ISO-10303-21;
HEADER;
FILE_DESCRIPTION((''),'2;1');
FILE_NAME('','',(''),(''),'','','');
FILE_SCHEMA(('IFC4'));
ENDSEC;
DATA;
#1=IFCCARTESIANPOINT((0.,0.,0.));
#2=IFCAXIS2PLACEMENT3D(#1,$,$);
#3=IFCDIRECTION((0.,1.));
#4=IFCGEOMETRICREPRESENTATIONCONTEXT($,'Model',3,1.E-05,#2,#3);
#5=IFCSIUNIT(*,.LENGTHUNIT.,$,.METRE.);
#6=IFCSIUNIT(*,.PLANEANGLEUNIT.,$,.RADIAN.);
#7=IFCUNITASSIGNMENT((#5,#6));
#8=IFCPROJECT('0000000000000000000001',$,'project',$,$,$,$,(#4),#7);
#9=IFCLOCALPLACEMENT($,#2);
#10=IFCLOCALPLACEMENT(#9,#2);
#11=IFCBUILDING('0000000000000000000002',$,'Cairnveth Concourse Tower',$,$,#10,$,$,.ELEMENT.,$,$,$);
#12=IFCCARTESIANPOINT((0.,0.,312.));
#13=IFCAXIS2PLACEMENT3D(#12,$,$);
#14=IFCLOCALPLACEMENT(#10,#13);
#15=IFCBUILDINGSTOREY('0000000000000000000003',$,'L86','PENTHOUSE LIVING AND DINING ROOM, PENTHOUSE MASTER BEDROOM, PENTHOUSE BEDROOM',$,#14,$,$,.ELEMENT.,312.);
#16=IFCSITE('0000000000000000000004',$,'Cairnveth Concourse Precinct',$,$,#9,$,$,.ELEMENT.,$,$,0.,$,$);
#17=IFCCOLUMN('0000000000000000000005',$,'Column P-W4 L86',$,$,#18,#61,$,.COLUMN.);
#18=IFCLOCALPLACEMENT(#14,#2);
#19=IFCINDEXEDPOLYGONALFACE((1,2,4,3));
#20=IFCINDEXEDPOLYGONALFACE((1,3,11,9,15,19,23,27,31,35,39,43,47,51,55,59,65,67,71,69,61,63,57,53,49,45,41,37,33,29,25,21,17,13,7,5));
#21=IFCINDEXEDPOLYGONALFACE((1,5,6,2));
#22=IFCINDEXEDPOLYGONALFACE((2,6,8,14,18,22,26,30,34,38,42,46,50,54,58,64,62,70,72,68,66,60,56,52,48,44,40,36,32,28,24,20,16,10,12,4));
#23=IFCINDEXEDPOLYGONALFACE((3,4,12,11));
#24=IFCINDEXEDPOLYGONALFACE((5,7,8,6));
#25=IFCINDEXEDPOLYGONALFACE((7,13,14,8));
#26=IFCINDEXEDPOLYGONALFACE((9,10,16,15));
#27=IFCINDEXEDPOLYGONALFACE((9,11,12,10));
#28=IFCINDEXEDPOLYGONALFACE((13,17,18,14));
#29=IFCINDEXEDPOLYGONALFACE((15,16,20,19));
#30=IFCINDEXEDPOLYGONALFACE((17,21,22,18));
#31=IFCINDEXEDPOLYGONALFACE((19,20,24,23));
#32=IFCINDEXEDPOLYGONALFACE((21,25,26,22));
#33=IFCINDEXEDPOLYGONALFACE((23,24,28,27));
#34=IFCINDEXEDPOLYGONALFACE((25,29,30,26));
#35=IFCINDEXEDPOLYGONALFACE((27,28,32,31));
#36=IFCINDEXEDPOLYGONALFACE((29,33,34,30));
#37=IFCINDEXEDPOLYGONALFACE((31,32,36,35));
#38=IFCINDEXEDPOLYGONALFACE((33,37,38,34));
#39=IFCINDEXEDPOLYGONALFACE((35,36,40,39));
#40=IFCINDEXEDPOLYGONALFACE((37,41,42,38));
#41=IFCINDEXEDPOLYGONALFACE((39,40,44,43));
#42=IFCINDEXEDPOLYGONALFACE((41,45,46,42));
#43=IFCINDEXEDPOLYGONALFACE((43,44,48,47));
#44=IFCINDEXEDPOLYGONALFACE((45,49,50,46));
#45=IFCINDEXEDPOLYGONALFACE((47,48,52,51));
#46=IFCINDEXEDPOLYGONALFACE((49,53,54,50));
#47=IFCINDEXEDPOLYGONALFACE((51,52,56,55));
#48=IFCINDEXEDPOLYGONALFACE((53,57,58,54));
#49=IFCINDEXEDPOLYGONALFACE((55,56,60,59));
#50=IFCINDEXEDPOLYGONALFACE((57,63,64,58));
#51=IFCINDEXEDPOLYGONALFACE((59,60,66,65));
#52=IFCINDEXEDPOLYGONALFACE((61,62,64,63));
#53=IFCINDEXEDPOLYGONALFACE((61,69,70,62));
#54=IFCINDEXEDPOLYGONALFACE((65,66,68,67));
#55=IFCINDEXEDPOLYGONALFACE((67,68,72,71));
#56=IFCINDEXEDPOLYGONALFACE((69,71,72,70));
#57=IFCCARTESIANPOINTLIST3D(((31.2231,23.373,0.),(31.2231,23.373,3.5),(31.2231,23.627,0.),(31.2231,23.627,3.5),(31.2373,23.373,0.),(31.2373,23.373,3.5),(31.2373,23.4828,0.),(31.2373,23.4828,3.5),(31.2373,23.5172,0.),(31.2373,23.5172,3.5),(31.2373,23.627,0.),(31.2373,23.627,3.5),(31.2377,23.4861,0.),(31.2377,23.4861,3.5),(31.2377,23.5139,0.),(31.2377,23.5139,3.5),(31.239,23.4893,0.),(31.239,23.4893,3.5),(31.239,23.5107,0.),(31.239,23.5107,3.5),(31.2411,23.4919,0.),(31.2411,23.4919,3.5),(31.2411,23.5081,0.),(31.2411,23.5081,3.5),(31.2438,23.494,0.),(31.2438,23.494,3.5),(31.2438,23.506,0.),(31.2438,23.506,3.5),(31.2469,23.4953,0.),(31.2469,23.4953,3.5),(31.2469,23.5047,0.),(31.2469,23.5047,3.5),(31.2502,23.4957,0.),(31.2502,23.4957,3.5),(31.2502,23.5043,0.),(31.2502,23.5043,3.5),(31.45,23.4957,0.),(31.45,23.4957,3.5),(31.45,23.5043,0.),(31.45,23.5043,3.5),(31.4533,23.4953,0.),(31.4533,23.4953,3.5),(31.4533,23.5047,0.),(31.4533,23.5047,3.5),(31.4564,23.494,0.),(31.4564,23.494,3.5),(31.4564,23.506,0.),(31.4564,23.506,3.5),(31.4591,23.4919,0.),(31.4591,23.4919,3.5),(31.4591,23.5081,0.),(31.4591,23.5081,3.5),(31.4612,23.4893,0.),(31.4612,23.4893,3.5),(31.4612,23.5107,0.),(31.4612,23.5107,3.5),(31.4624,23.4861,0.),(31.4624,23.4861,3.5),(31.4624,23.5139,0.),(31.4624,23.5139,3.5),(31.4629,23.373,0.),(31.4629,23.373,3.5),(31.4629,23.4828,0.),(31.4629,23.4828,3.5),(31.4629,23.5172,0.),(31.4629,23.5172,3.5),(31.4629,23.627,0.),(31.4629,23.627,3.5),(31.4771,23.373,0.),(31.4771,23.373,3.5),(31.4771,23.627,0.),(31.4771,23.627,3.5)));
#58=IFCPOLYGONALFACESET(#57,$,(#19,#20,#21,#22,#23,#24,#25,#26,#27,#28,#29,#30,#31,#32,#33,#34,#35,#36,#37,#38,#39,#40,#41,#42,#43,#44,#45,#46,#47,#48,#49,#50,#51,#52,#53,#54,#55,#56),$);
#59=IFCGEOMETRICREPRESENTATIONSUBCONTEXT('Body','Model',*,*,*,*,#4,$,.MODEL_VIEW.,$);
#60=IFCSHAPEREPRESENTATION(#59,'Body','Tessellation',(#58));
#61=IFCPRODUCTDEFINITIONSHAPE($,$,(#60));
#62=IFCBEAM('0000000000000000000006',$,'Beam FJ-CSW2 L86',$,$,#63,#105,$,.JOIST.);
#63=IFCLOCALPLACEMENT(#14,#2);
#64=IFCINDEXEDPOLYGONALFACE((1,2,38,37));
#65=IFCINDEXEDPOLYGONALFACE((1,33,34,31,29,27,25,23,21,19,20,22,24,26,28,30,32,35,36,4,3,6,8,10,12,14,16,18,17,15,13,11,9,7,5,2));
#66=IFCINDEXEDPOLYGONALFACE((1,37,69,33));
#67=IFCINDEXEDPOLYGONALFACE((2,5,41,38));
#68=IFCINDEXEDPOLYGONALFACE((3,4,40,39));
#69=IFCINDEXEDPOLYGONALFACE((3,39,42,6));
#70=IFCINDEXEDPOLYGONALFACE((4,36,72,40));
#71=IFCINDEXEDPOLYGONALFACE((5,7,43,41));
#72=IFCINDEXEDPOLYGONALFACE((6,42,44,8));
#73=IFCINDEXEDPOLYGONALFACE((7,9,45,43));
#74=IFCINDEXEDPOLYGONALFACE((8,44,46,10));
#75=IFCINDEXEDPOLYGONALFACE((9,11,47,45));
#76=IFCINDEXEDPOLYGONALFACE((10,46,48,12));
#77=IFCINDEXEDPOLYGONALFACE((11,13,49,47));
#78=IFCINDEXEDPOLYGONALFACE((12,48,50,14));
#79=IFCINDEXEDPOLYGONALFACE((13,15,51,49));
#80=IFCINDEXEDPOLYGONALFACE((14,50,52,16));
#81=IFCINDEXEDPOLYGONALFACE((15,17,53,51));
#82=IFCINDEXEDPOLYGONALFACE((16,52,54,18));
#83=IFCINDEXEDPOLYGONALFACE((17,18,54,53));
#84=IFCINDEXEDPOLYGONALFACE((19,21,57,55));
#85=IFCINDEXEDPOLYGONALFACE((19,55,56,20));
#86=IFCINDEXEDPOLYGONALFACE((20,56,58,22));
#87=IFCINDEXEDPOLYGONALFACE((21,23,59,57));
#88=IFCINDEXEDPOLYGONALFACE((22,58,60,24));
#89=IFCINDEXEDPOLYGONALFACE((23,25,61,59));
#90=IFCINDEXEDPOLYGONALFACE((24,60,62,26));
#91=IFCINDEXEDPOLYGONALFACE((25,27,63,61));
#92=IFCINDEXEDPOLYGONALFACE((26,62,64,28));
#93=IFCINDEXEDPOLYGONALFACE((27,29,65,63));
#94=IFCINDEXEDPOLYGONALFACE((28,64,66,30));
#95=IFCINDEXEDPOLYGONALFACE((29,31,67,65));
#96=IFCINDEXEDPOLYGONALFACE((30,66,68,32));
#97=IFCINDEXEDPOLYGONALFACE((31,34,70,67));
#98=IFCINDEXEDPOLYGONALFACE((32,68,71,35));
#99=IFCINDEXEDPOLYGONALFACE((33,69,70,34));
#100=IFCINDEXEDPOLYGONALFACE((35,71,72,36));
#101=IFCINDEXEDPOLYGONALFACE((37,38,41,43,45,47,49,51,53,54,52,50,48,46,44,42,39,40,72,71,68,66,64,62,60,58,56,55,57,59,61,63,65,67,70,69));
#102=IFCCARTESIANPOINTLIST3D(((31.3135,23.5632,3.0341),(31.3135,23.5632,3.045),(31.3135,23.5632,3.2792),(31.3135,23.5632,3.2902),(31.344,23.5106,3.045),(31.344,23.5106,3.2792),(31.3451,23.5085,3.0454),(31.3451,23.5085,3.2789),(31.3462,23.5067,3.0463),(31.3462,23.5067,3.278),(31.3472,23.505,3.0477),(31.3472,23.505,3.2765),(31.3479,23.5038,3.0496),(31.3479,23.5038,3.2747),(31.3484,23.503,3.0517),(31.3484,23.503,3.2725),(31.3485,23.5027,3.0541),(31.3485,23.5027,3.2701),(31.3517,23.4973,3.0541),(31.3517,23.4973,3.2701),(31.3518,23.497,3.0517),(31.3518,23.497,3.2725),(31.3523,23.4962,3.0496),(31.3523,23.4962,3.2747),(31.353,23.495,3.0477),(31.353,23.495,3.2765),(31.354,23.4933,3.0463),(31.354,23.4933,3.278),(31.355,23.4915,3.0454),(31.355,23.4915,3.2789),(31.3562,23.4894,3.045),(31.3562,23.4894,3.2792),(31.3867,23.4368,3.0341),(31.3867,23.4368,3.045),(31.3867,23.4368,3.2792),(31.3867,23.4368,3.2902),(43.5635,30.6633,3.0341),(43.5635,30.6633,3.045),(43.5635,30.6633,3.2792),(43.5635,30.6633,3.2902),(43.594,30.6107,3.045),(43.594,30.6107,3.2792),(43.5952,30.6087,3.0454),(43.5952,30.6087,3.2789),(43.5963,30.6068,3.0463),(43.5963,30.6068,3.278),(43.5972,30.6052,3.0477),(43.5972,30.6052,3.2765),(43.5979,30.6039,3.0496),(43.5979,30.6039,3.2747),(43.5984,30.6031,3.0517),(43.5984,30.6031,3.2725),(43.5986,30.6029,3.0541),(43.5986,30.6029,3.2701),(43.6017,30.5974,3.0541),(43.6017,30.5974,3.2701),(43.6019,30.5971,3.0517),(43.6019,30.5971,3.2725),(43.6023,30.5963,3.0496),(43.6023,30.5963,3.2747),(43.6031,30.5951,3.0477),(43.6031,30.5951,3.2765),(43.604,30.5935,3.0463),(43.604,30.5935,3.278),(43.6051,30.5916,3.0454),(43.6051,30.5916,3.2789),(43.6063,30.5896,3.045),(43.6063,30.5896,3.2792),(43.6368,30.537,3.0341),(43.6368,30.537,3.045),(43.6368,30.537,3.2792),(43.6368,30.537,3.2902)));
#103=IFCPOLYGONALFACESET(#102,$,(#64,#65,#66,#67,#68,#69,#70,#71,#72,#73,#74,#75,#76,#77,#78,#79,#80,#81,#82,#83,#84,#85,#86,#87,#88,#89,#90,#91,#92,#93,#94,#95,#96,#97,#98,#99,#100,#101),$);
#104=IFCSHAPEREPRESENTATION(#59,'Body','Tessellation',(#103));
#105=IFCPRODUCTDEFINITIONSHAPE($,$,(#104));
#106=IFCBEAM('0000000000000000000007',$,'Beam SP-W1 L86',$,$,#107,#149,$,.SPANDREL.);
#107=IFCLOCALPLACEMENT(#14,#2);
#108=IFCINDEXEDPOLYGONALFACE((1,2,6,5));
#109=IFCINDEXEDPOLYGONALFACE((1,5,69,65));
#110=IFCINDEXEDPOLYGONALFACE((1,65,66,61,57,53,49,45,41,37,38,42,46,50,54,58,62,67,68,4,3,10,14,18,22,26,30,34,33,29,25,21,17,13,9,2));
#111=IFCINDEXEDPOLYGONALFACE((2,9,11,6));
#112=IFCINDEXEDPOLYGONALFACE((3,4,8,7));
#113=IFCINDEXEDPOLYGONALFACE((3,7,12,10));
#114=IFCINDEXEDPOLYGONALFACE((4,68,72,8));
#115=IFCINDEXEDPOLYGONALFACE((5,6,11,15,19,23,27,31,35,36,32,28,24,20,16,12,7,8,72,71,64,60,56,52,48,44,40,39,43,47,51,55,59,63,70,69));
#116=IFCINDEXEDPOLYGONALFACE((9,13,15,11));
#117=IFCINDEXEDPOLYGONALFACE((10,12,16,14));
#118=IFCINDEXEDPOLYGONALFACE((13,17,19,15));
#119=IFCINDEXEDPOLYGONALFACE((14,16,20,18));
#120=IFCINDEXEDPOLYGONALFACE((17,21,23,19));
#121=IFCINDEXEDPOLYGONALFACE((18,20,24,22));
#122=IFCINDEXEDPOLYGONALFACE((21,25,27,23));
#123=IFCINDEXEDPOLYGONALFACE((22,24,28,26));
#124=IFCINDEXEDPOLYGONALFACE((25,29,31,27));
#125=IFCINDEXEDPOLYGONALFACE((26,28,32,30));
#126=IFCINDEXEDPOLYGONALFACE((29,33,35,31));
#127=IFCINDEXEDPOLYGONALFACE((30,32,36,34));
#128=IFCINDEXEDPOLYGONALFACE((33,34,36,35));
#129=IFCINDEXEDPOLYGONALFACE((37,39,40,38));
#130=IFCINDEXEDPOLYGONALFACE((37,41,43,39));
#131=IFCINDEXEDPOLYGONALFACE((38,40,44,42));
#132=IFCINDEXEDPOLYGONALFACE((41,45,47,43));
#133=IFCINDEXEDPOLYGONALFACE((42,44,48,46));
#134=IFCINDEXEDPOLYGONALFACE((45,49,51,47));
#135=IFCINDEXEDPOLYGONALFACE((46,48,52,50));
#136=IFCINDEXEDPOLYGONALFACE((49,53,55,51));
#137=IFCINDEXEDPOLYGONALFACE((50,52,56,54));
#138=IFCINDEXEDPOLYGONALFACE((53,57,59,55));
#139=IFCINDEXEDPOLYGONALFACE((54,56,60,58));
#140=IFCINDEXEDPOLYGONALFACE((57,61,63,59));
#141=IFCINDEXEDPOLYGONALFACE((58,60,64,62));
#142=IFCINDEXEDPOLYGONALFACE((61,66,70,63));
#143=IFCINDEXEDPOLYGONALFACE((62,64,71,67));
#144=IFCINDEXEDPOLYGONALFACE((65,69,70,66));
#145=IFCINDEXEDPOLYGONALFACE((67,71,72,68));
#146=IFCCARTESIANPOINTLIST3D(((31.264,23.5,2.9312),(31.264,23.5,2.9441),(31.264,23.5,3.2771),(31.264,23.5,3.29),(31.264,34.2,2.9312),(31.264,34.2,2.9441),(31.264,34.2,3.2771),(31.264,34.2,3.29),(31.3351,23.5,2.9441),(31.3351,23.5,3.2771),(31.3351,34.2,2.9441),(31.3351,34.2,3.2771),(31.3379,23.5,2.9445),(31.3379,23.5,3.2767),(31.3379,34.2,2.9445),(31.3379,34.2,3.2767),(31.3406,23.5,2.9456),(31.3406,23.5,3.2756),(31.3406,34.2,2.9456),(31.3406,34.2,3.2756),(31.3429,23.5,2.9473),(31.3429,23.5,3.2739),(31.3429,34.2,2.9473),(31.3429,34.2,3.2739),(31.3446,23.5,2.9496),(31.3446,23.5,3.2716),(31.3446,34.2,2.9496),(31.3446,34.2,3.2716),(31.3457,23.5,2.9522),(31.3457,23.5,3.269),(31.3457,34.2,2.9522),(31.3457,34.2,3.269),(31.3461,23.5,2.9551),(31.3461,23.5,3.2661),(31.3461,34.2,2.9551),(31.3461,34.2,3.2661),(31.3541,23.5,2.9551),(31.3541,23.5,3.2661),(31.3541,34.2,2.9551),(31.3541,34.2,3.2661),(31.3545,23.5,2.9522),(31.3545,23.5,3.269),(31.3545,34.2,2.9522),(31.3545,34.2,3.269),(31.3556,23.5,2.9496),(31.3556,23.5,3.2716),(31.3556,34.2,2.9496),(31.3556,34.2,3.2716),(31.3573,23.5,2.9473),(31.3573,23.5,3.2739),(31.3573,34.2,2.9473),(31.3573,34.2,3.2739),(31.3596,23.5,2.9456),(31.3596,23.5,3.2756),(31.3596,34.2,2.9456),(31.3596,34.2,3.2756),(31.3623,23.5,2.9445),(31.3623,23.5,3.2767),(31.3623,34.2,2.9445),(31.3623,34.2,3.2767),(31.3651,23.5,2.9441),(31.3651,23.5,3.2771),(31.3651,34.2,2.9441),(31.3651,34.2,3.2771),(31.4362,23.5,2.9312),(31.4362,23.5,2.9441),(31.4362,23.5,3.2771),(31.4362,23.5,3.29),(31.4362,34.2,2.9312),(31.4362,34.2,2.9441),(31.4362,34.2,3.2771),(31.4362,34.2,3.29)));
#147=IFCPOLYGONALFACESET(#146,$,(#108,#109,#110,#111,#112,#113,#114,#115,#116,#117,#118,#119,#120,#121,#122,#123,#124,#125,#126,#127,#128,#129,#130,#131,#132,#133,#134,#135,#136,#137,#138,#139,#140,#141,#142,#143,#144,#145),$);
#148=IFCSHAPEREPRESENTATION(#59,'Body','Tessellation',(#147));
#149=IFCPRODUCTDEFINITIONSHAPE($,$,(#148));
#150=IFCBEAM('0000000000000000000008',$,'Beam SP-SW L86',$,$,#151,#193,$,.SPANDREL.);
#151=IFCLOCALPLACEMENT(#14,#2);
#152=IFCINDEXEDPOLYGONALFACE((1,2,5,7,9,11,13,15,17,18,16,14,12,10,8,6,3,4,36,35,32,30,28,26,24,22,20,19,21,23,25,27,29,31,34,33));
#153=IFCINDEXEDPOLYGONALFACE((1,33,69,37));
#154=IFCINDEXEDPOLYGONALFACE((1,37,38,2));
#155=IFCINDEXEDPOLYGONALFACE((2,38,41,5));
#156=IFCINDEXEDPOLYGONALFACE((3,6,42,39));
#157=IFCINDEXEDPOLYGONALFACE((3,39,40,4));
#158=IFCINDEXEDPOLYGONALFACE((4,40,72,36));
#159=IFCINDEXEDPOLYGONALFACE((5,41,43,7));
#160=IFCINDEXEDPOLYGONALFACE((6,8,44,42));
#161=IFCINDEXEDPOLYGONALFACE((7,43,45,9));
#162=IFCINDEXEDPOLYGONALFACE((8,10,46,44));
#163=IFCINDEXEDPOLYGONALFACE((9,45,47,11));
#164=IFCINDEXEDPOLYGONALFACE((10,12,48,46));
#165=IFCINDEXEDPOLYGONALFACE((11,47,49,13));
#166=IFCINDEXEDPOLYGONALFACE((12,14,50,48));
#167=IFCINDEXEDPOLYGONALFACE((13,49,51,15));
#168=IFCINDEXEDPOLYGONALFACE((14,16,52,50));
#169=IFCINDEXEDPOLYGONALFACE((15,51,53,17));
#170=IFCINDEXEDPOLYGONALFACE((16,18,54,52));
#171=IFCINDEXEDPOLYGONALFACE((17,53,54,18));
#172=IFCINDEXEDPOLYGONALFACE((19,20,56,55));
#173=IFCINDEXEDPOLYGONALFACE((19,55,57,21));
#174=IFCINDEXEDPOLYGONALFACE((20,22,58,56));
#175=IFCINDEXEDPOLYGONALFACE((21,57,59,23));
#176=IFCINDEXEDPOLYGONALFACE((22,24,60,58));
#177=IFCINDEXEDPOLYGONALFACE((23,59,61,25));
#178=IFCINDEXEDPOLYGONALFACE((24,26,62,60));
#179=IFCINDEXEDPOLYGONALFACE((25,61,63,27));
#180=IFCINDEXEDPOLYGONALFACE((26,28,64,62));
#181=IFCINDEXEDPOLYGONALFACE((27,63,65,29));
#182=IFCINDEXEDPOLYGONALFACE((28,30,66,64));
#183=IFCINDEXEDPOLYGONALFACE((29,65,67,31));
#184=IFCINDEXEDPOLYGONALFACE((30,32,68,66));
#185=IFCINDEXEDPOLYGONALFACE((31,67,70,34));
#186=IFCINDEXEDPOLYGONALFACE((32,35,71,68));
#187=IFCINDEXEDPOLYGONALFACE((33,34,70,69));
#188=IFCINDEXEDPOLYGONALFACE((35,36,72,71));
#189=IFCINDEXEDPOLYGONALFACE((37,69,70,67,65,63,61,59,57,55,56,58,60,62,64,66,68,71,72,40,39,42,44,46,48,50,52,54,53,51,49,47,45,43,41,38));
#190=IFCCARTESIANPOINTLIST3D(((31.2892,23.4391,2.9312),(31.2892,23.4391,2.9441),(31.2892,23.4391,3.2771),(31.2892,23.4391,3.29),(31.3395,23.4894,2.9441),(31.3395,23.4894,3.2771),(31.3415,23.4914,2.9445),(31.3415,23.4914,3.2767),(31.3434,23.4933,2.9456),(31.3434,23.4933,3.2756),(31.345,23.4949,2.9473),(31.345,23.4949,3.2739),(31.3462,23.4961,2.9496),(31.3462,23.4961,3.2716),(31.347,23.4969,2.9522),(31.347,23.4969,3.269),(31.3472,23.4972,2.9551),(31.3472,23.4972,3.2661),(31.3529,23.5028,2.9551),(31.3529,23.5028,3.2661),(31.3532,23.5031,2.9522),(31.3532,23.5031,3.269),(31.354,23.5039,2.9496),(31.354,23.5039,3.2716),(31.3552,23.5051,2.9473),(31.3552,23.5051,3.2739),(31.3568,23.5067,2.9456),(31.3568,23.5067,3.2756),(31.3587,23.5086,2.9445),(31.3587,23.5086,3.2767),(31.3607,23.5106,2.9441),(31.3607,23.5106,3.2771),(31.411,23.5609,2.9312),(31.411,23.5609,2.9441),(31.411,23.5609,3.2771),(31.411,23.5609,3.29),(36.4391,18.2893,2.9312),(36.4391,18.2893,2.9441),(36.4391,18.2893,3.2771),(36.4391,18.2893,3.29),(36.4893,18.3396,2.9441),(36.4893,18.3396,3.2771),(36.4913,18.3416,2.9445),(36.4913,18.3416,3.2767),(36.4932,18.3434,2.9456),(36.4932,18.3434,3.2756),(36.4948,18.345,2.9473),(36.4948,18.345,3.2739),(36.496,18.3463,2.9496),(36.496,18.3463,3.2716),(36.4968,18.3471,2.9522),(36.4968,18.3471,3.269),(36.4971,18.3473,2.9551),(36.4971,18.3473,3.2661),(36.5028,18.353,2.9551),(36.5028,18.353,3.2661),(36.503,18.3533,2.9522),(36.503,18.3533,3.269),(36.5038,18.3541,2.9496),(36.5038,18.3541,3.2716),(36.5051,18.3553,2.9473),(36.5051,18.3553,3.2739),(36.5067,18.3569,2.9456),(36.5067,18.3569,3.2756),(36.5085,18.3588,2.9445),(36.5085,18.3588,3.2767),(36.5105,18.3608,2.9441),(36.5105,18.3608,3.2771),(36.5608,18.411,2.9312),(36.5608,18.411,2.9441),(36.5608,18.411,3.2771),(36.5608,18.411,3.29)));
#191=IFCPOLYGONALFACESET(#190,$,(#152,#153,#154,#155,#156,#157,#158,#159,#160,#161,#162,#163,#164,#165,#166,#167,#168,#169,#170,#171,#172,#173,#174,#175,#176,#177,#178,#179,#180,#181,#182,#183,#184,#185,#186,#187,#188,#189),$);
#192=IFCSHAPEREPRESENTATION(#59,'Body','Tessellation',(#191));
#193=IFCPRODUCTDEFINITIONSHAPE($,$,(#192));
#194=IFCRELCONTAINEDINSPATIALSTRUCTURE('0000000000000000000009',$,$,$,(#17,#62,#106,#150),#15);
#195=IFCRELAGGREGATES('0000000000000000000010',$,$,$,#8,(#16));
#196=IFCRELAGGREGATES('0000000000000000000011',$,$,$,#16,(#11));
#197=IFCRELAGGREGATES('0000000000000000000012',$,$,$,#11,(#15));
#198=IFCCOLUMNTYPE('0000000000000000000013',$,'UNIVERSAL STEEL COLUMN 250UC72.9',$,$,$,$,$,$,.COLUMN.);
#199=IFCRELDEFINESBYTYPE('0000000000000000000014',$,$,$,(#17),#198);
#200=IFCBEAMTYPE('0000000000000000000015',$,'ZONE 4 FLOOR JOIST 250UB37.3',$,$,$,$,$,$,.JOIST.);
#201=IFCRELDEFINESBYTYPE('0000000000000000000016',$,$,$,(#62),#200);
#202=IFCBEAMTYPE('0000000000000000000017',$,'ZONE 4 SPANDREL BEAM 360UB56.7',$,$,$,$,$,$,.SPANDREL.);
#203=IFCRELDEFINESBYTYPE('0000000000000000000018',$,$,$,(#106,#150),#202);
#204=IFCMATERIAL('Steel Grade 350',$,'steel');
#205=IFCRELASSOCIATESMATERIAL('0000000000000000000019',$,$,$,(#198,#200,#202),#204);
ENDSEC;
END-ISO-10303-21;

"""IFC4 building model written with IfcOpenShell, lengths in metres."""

from ifc_helpers import new_model, si_unit, direction, frame, origin, origin_2d, place, context, subcontext, project, spatial, i_section, extrude, material, material_profile, profile_set, type_object, element, save


model = new_model("IFC4")

# Units and contexts
model_context = context("Model", 3, precision=1e-05, world=origin(), true_north=direction((0.0, 1.0)))
body_context = subcontext(model_context, "Body", "Model", "MODEL_VIEW")
ifc_project = project(units=[si_unit("LENGTHUNIT", "METRE"), si_unit("PLANEANGLEUNIT", "RADIAN")], contexts=[model_context])

# Site, building, storey
site_placement = place(None, origin())
site = spatial("IfcSite", under=ifc_project, at=site_placement, Name="Cairnveth Concourse Precinct", CompositionType="ELEMENT", RefElevation=0.0)
building_placement = place(site_placement, origin())
building = spatial("IfcBuilding", under=site, at=building_placement, Name="Cairnveth Concourse Tower", CompositionType="ELEMENT")
storey_placement = place(building_placement, frame((0.0, 0.0, 312.0)))
storey = spatial("IfcBuildingStorey", under=building, at=storey_placement, Name="L86", Description="PENTHOUSE LIVING AND DINING ROOM, PENTHOUSE MASTER BEDROOM, PENTHOUSE BEDROOM", CompositionType="ELEMENT", Elevation=312.0)

# Column
ifc_material_1 = material(Name="Steel Grade 350", Category="steel")
ifc_material_profile_1 = material_profile(ifc_material_1, i_section(OverallWidth=0.2539, OverallDepth=0.2539, WebThickness=0.0085, FlangeThickness=0.0142, FilletRadius=0.0129, at=origin_2d()), Name="250UC72.9")
ifc_profile_set_1 = profile_set([ifc_material_profile_1], Name="Steel Grade 350")
column_type = type_object("IfcColumnType", Name="UNIVERSAL STEEL COLUMN 250UC72.9", PredefinedType="COLUMN", material=ifc_profile_set_1)
column_placement = place(storey_placement, frame((31.3501, 23.5, 0.0), z_axis=(0.0, 0.0, 1.0), x_axis=(0.0, 1.0, 0.0)))
element("IfcColumn", 1, at=column_placement, inside=storey, type_object=column_type, Name="Column P-W4 L86", PredefinedType="COLUMN", context=body_context, shape_type="SweptSolid", body=[
    extrude(i_section(OverallWidth=0.2539, OverallDepth=0.2539, WebThickness=0.0085, FlangeThickness=0.0142, FilletRadius=0.0129, at=origin_2d()), origin(), (0.0, 0.0, 1.0), 3.5),
])

# Beams
ifc_material_profile_2 = material_profile(ifc_material_1, i_section(OverallWidth=0.146, OverallDepth=0.2561, WebThickness=0.0063, FlangeThickness=0.011, FilletRadius=0.009, at=origin_2d()), Name="250UB37.3")
ifc_profile_set_2 = profile_set([ifc_material_profile_2], Name="Steel Grade 350")
beam_type_1 = type_object("IfcBeamType", Name="ZONE 4 FLOOR JOIST 250UB37.3", PredefinedType="JOIST", material=ifc_profile_set_2)
beam_1_placement = place(storey_placement, frame((31.3501, 23.5, 3.1621), z_axis=(0.865181, 0.501459, 0.0), x_axis=(-0.501459, 0.865181, 0.0)))
element("IfcBeam", 2, at=beam_1_placement, inside=storey, type_object=beam_type_1, Name="Beam FJ-CSW2 L86", PredefinedType="JOIST", context=body_context, shape_type="SweptSolid", body=[
    extrude(i_section(OverallWidth=0.146, OverallDepth=0.2561, WebThickness=0.0063, FlangeThickness=0.011, FilletRadius=0.009, at=origin_2d()), origin(), (0.0, 0.0, 1.0), 14.1589),
])
ifc_material_profile_3 = material_profile(ifc_material_1, i_section(OverallWidth=0.1721, OverallDepth=0.3589, WebThickness=0.0081, FlangeThickness=0.0129, FilletRadius=0.011, at=origin_2d()), Name="360UB56.7")
ifc_profile_set_3 = profile_set([ifc_material_profile_3], Name="Steel Grade 350")
beam_type_2 = type_object("IfcBeamType", Name="ZONE 4 SPANDREL BEAM 360UB56.7", PredefinedType="SPANDREL", material=ifc_profile_set_3)
beam_2_placement = place(storey_placement, frame((31.3501, 23.5, 3.1106), z_axis=(0.0, 1.0, 0.0), x_axis=(-1.0, 0.0, 0.0)))
element("IfcBeam", 3, at=beam_2_placement, inside=storey, type_object=beam_type_2, Name="Beam SP-W1 L86", PredefinedType="SPANDREL", context=body_context, shape_type="SweptSolid", body=[
    extrude(i_section(OverallWidth=0.1721, OverallDepth=0.3589, WebThickness=0.0081, FlangeThickness=0.0129, FilletRadius=0.011, at=origin_2d()), origin(), (0.0, 0.0, 1.0), 10.7),
])
beam_3_placement = place(storey_placement, frame((31.3501, 23.5, 3.1106), z_axis=(0.707107, -0.707107, 0.0), x_axis=(0.707107, 0.707107, 0.0)))
element("IfcBeam", 4, at=beam_3_placement, inside=storey, type_object=beam_type_2, Name="Beam SP-SW L86", PredefinedType="SPANDREL", context=body_context, shape_type="SweptSolid", body=[
    extrude(i_section(OverallWidth=0.1721, OverallDepth=0.3589, WebThickness=0.0081, FlangeThickness=0.0129, FilletRadius=0.011, at=origin_2d()), origin(), (0.0, 0.0, 1.0), 7.283),
])

save(model, "model.ifc")
